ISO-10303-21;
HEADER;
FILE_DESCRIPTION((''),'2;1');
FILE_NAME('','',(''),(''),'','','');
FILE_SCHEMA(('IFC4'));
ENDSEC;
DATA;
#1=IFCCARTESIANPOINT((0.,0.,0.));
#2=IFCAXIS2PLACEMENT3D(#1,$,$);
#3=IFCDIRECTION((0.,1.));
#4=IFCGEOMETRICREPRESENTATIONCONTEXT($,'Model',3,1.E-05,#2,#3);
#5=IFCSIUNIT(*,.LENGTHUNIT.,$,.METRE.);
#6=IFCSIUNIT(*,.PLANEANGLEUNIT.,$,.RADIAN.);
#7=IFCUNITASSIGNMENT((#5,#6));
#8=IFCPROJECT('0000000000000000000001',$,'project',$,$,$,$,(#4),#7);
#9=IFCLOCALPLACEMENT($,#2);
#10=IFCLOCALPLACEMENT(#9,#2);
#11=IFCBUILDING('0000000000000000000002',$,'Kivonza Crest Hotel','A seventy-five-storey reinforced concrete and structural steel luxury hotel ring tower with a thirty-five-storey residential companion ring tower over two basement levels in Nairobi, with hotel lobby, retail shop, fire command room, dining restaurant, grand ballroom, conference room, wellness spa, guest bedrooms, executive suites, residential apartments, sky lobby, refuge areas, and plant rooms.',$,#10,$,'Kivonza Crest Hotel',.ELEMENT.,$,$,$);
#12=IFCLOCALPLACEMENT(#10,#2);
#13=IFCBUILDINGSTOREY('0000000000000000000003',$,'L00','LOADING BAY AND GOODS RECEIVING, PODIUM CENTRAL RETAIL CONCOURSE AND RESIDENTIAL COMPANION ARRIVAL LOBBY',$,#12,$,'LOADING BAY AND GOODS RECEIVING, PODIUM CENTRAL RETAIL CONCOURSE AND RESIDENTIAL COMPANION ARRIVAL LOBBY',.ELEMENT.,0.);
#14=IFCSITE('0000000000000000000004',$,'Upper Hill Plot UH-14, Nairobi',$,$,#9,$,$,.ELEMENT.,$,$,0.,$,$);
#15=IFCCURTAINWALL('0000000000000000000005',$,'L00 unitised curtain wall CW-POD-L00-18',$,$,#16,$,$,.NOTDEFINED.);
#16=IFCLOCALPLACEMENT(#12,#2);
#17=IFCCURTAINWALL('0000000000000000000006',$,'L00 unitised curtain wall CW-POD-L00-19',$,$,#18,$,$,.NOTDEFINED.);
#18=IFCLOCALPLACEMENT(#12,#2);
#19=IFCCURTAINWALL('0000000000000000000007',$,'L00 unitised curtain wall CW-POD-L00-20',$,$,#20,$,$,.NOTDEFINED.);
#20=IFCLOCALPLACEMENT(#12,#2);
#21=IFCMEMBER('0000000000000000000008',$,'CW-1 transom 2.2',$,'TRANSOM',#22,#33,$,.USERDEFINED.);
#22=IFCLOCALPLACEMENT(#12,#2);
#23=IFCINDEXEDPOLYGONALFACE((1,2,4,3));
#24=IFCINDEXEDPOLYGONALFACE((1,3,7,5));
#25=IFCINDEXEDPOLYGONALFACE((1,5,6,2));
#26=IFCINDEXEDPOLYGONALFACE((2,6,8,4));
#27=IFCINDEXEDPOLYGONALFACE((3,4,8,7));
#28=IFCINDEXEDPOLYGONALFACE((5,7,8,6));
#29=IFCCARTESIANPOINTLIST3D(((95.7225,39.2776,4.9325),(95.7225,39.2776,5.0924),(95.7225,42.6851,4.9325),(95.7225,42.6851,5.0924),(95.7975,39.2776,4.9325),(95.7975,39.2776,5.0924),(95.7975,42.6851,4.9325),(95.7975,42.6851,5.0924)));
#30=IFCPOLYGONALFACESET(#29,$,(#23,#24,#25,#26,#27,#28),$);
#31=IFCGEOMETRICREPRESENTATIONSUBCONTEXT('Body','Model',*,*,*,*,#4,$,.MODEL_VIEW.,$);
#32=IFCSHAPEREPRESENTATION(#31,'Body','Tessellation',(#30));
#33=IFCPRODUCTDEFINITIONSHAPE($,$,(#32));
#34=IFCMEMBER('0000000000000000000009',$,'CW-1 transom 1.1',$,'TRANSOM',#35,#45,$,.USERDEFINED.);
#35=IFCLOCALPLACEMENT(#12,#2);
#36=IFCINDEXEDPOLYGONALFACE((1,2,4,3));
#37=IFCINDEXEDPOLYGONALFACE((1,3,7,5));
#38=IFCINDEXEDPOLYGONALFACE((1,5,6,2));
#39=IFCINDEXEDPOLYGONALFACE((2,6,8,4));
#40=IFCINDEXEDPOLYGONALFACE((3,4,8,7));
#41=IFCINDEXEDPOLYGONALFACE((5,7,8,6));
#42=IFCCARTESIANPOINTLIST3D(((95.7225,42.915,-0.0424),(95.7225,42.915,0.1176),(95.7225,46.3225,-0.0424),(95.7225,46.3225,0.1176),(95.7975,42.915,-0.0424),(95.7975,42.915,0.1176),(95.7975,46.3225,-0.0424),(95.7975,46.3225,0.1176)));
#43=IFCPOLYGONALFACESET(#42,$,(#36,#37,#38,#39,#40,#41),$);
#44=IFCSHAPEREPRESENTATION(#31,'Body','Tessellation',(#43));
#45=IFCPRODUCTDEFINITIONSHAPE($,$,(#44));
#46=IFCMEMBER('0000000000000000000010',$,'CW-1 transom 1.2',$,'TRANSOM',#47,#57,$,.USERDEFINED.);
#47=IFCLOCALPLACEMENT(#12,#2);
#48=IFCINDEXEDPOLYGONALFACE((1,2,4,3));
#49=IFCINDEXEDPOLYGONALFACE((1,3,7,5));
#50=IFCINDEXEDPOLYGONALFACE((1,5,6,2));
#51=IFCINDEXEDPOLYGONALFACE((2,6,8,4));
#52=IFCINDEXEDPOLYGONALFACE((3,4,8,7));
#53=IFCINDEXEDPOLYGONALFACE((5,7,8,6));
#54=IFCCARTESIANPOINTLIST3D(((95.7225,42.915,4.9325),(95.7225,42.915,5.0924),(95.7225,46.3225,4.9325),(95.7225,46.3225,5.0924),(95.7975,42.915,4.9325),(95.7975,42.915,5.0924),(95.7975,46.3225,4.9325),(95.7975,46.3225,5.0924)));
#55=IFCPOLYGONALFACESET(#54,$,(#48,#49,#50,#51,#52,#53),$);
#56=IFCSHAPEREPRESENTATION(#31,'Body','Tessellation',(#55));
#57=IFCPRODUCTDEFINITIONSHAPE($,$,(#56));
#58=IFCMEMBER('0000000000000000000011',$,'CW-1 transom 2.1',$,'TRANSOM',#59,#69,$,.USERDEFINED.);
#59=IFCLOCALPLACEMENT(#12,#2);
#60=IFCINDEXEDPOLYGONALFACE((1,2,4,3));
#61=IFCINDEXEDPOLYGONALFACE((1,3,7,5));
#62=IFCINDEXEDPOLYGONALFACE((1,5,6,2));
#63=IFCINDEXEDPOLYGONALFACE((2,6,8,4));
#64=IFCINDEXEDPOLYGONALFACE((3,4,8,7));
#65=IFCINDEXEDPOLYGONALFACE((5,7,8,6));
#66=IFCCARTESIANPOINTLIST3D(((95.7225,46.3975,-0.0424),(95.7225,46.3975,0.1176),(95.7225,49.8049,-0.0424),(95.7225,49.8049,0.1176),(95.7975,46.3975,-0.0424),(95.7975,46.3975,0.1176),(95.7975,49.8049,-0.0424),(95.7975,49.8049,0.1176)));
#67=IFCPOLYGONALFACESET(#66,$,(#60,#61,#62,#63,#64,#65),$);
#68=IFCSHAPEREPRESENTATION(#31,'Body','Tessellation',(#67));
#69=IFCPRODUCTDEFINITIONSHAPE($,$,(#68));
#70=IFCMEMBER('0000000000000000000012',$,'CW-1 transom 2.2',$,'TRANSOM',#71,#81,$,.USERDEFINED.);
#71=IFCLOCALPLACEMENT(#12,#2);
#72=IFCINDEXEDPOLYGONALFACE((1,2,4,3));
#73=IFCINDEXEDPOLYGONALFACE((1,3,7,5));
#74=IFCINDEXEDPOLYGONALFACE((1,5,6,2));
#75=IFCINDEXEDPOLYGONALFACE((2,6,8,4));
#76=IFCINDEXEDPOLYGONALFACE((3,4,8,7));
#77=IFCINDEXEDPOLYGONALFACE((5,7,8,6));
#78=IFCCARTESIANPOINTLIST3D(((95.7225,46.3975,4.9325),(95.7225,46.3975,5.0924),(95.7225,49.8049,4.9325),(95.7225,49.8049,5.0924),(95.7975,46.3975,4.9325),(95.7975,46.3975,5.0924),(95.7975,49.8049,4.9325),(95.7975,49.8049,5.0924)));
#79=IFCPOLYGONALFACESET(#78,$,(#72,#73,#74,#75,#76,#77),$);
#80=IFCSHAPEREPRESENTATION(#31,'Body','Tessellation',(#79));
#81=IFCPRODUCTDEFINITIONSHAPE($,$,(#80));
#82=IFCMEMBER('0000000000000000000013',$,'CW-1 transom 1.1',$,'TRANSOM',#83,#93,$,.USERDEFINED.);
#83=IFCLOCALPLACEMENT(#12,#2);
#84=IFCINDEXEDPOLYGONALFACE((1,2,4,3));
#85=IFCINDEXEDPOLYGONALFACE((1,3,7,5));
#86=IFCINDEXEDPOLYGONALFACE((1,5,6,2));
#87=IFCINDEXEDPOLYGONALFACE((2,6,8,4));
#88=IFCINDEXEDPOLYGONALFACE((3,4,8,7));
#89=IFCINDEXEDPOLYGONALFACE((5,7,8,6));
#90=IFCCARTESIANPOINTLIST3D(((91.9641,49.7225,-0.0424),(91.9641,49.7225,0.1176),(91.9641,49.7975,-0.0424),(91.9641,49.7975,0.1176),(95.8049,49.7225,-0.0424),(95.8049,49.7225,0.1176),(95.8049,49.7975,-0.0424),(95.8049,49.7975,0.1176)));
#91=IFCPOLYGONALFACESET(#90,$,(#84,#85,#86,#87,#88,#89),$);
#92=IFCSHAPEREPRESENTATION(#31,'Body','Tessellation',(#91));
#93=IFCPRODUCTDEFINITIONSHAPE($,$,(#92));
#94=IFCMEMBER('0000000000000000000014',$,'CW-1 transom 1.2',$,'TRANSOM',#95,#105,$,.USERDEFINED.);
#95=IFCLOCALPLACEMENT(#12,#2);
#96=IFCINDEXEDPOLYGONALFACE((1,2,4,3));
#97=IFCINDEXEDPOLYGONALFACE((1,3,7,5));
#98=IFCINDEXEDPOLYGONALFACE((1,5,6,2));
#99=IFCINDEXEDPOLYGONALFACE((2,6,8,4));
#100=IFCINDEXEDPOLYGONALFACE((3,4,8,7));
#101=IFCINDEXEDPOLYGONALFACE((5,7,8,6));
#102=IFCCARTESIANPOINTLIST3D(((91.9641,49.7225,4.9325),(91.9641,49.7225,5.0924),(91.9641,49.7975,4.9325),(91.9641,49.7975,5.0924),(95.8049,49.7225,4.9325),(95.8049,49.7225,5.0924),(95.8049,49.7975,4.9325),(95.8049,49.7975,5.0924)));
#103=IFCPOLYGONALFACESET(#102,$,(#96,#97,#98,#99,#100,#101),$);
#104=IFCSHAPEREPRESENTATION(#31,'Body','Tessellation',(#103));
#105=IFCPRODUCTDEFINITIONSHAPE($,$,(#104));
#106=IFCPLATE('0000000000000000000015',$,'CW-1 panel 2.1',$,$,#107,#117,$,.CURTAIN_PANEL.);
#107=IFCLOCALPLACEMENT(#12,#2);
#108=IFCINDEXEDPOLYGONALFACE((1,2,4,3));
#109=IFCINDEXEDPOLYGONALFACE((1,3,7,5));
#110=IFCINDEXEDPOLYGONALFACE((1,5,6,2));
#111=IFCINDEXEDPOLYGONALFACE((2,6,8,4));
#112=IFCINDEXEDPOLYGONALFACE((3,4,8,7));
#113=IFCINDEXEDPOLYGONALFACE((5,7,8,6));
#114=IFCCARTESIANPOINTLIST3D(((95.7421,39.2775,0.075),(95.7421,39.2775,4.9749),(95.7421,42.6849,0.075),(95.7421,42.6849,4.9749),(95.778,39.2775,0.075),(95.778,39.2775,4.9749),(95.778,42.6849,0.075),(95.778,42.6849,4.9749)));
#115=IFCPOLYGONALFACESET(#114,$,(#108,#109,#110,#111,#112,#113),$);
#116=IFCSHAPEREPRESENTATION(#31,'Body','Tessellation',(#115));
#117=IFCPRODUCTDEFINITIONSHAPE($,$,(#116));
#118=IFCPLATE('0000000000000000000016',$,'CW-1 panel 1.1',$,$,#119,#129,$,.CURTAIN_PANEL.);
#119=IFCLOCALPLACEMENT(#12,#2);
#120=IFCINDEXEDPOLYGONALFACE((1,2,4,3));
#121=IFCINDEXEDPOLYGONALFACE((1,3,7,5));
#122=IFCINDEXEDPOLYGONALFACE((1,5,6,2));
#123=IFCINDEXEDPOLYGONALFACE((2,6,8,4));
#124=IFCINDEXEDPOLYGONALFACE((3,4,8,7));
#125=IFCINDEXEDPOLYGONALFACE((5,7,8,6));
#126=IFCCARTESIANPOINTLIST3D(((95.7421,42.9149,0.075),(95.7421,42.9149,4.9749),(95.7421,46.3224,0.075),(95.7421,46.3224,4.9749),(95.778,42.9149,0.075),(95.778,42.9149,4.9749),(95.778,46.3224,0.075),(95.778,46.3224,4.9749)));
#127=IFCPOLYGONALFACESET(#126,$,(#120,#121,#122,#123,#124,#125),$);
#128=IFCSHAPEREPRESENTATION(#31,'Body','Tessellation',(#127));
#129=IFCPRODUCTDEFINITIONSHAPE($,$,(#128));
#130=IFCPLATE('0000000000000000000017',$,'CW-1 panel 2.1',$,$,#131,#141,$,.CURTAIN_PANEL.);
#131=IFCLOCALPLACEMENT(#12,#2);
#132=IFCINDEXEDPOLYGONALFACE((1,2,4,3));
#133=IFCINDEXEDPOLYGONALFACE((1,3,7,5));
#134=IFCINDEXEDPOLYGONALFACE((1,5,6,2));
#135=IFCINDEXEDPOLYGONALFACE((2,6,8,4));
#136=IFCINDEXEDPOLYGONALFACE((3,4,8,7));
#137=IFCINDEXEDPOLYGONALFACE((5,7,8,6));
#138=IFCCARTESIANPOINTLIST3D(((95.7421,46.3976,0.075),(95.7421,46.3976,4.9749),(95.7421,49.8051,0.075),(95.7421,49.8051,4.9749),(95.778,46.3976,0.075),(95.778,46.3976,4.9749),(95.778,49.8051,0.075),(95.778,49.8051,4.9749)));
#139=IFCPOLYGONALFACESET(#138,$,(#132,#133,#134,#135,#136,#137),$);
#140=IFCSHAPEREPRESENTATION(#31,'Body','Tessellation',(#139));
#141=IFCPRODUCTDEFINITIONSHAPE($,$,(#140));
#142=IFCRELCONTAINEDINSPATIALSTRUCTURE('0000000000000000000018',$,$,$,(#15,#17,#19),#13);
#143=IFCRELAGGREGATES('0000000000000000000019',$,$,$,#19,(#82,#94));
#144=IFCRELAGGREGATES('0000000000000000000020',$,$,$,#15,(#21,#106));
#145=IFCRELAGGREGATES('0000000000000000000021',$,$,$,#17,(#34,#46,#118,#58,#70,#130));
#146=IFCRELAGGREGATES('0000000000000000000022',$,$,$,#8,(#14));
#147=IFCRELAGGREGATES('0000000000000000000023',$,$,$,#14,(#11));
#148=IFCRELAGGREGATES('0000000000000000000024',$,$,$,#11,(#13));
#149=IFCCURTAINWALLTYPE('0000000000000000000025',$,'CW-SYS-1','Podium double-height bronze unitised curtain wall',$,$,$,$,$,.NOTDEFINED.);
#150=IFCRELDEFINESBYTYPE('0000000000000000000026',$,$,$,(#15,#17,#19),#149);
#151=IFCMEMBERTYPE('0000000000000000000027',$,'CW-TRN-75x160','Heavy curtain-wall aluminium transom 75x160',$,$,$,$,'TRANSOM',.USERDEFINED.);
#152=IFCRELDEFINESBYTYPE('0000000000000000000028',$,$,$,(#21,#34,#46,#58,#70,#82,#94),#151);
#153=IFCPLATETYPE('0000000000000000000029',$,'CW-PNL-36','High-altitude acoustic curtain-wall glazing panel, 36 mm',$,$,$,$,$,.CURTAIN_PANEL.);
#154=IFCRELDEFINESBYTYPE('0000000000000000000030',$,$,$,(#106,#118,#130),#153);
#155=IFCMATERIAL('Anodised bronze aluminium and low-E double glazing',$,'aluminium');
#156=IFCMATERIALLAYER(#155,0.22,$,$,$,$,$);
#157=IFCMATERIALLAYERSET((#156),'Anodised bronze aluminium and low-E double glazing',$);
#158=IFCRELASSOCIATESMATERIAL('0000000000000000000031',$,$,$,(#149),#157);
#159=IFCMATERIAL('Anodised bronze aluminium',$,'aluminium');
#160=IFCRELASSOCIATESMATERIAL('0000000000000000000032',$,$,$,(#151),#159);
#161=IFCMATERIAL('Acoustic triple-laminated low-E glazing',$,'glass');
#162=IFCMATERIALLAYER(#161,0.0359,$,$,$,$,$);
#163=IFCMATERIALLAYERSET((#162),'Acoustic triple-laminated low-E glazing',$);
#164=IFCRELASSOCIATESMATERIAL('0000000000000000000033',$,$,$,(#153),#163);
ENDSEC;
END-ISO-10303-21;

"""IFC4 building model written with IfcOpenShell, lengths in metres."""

from ifc_helpers import new_model, si_unit, direction, frame, origin, origin_2d, place, context, subcontext, project, spatial, rectangle, extrude, material, layer, layer_set, material_profile, profile_set, type_object, element, aggregate, save


model = new_model("IFC4")

# Units and contexts
model_context = context("Model", 3, precision=1e-05, world=origin(), true_north=direction((0.0, 1.0)))
body_context = subcontext(model_context, "Body", "Model", "MODEL_VIEW")
ifc_project = project(units=[si_unit("LENGTHUNIT", "METRE"), si_unit("PLANEANGLEUNIT", "RADIAN")], contexts=[model_context])

# Site, building, storey
site_placement = place(None, origin())
site = spatial("IfcSite", under=ifc_project, at=site_placement, Name="Upper Hill Plot UH-14, Nairobi", CompositionType="ELEMENT", RefElevation=0.0)
building_placement = place(site_placement, origin())
building = spatial("IfcBuilding", under=site, at=building_placement, Name="Kivonza Crest Hotel", Description="A seventy-five-storey reinforced concrete and structural steel luxury hotel ring tower with a thirty-five-storey residential companion ring tower over two basement levels in Nairobi, with hotel lobby, retail shop, fire command room, dining restaurant, grand ballroom, conference room, wellness spa, guest bedrooms, executive suites, residential apartments, sky lobby, refuge areas, and plant rooms.", LongName="Kivonza Crest Hotel", CompositionType="ELEMENT")
storey_placement = place(building_placement, origin())
storey = spatial("IfcBuildingStorey", under=building, at=storey_placement, Name="L00", Description="LOADING BAY AND GOODS RECEIVING, PODIUM CENTRAL RETAIL CONCOURSE AND RESIDENTIAL COMPANION ARRIVAL LOBBY", LongName="LOADING BAY AND GOODS RECEIVING, PODIUM CENTRAL RETAIL CONCOURSE AND RESIDENTIAL COMPANION ARRIVAL LOBBY", CompositionType="ELEMENT", Elevation=0.0)

# Curtain wall
ifc_material_1 = material(Name="Anodised bronze aluminium and low-E double glazing", Category="aluminium")
ifc_layer_1 = layer(ifc_material_1, 0.22)
ifc_layer_set_1 = layer_set([ifc_layer_1], Name="Anodised bronze aluminium and low-E double glazing")
curtain_wall_type = type_object("IfcCurtainWallType", Name="CW-SYS-1", Description="Podium double-height bronze unitised curtain wall", PredefinedType="NOTDEFINED", material=ifc_layer_set_1)
curtain_wall_1_placement = place(storey_placement, origin())
curtain_wall_1 = element("IfcCurtainWall", 1, at=curtain_wall_1_placement, inside=storey, type_object=curtain_wall_type, Name="L00 unitised curtain wall CW-POD-L00-18", PredefinedType="NOTDEFINED")
ifc_material_2 = material(Name="Anodised bronze aluminium", Category="aluminium")

# Curtain wall
curtain_wall_2_placement = place(storey_placement, origin())
curtain_wall_2 = element("IfcCurtainWall", 2, at=curtain_wall_2_placement, inside=storey, type_object=curtain_wall_type, Name="L00 unitised curtain wall CW-POD-L00-19", PredefinedType="NOTDEFINED")

# Curtain wall
curtain_wall_3_placement = place(storey_placement, origin())
curtain_wall_3 = element("IfcCurtainWall", 3, at=curtain_wall_3_placement, inside=storey, type_object=curtain_wall_type, Name="L00 unitised curtain wall CW-POD-L00-20", PredefinedType="NOTDEFINED")

# Members
ifc_material_profile_1 = material_profile(ifc_material_2, rectangle(XDim=0.075, YDim=0.1599, at=origin_2d()), Name="CW-T 75x160")
ifc_profile_set_1 = profile_set([ifc_material_profile_1], Name="Anodised bronze aluminium")
member_type_1 = type_object("IfcMemberType", Name="CW-TRN-75x160", Description="Heavy curtain-wall aluminium transom 75x160", ElementType="TRANSOM", PredefinedType="USERDEFINED", material=ifc_profile_set_1)
member_1_placement = place(storey_placement, frame((95.76, 39.2776, 5.0125), z_axis=(0.0, 1.0, 0.0), x_axis=(-1.0, 0.0, 0.0)))
member_1 = element("IfcMember", 4, at=member_1_placement, type_object=member_type_1, Name="CW-1 transom 2.2", ObjectType="TRANSOM", PredefinedType="USERDEFINED", context=body_context, shape_type="SweptSolid", body=[
    extrude(rectangle(XDim=0.075, YDim=0.1599, at=origin_2d()), origin(), (0.0, 0.0, 1.0), 3.4075),
])
member_2_placement = place(storey_placement, frame((95.76, 42.915, 0.0376), z_axis=(0.0, 1.0, 0.0), x_axis=(-1.0, 0.0, 0.0)))
member_2 = element("IfcMember", 5, at=member_2_placement, type_object=member_type_1, Name="CW-1 transom 1.1", ObjectType="TRANSOM", PredefinedType="USERDEFINED", context=body_context, shape_type="SweptSolid", body=[
    extrude(rectangle(XDim=0.075, YDim=0.1599, at=origin_2d()), origin(), (0.0, 0.0, 1.0), 3.4075),
])
member_3_placement = place(storey_placement, frame((95.76, 42.915, 5.0125), z_axis=(0.0, 1.0, 0.0), x_axis=(-1.0, 0.0, 0.0)))
member_3 = element("IfcMember", 6, at=member_3_placement, type_object=member_type_1, Name="CW-1 transom 1.2", ObjectType="TRANSOM", PredefinedType="USERDEFINED", context=body_context, shape_type="SweptSolid", body=[
    extrude(rectangle(XDim=0.075, YDim=0.1599, at=origin_2d()), origin(), (0.0, 0.0, 1.0), 3.4075),
])
member_4_placement = place(storey_placement, frame((95.76, 46.3975, 0.0376), z_axis=(0.0, 1.0, 0.0), x_axis=(-1.0, 0.0, 0.0)))
member_4 = element("IfcMember", 7, at=member_4_placement, type_object=member_type_1, Name="CW-1 transom 2.1", ObjectType="TRANSOM", PredefinedType="USERDEFINED", context=body_context, shape_type="SweptSolid", body=[
    extrude(rectangle(XDim=0.075, YDim=0.1599, at=origin_2d()), origin(), (0.0, 0.0, 1.0), 3.4075),
])
member_5_placement = place(storey_placement, frame((95.76, 46.3975, 5.0125), z_axis=(0.0, 1.0, 0.0), x_axis=(-1.0, 0.0, 0.0)))
member_5 = element("IfcMember", 8, at=member_5_placement, type_object=member_type_1, Name="CW-1 transom 2.2", ObjectType="TRANSOM", PredefinedType="USERDEFINED", context=body_context, shape_type="SweptSolid", body=[
    extrude(rectangle(XDim=0.075, YDim=0.1599, at=origin_2d()), origin(), (0.0, 0.0, 1.0), 3.4075),
])
member_6_placement = place(storey_placement, frame((95.8049, 49.76, 0.0376), z_axis=(-1.0, 0.0, 0.0), x_axis=(0.0, -1.0, 0.0)))
member_6 = element("IfcMember", 9, at=member_6_placement, type_object=member_type_1, Name="CW-1 transom 1.1", ObjectType="TRANSOM", PredefinedType="USERDEFINED", context=body_context, shape_type="SweptSolid", body=[
    extrude(rectangle(XDim=0.075, YDim=0.1599, at=origin_2d()), origin(), (0.0, 0.0, 1.0), 3.8408),
])
member_7_placement = place(storey_placement, frame((95.8049, 49.76, 5.0125), z_axis=(-1.0, 0.0, 0.0), x_axis=(0.0, -1.0, 0.0)))
member_7 = element("IfcMember", 10, at=member_7_placement, type_object=member_type_1, Name="CW-1 transom 1.2", ObjectType="TRANSOM", PredefinedType="USERDEFINED", context=body_context, shape_type="SweptSolid", body=[
    extrude(rectangle(XDim=0.075, YDim=0.1599, at=origin_2d()), origin(), (0.0, 0.0, 1.0), 3.8408),
])
aggregate(curtain_wall_3, [member_6, member_7])

# Plates
ifc_material_3 = material(Name="Acoustic triple-laminated low-E glazing", Category="glass")
ifc_layer_2 = layer(ifc_material_3, 0.0359)
ifc_layer_set_2 = layer_set([ifc_layer_2], Name="Acoustic triple-laminated low-E glazing")
plate_type = type_object("IfcPlateType", Name="CW-PNL-36", Description="High-altitude acoustic curtain-wall glazing panel, 36 mm", PredefinedType="CURTAIN_PANEL", material=ifc_layer_set_2)
plate_1_placement = place(storey_placement, frame((95.76, 40.9812, 0.075), z_axis=(0.0, 0.0, 1.0), x_axis=(0.0, 1.0, 0.0)))
plate_1 = element("IfcPlate", 11, at=plate_1_placement, type_object=plate_type, Name="CW-1 panel 2.1", PredefinedType="CURTAIN_PANEL", context=body_context, shape_type="SweptSolid", body=[
    extrude(rectangle(XDim=3.4075, YDim=0.0359, at=origin_2d()), origin(), (0.0, 0.0, 1.0), 4.8999),
])
aggregate(curtain_wall_1, [member_1, plate_1])
plate_2_placement = place(storey_placement, frame((95.76, 44.6187, 0.075), z_axis=(0.0, 0.0, 1.0), x_axis=(0.0, 1.0, 0.0)))
plate_2 = element("IfcPlate", 12, at=plate_2_placement, type_object=plate_type, Name="CW-1 panel 1.1", PredefinedType="CURTAIN_PANEL", context=body_context, shape_type="SweptSolid", body=[
    extrude(rectangle(XDim=3.4075, YDim=0.0359, at=origin_2d()), origin(), (0.0, 0.0, 1.0), 4.8999),
])
plate_3_placement = place(storey_placement, frame((95.76, 48.1013, 0.075), z_axis=(0.0, 0.0, 1.0), x_axis=(0.0, 1.0, 0.0)))
plate_3 = element("IfcPlate", 13, at=plate_3_placement, type_object=plate_type, Name="CW-1 panel 2.1", PredefinedType="CURTAIN_PANEL", context=body_context, shape_type="SweptSolid", body=[
    extrude(rectangle(XDim=3.4075, YDim=0.0359, at=origin_2d()), origin(), (0.0, 0.0, 1.0), 4.8999),
])
aggregate(curtain_wall_2, [member_2, member_3, plate_2, member_4, member_5, plate_3])

save(model, "model.ifc")
